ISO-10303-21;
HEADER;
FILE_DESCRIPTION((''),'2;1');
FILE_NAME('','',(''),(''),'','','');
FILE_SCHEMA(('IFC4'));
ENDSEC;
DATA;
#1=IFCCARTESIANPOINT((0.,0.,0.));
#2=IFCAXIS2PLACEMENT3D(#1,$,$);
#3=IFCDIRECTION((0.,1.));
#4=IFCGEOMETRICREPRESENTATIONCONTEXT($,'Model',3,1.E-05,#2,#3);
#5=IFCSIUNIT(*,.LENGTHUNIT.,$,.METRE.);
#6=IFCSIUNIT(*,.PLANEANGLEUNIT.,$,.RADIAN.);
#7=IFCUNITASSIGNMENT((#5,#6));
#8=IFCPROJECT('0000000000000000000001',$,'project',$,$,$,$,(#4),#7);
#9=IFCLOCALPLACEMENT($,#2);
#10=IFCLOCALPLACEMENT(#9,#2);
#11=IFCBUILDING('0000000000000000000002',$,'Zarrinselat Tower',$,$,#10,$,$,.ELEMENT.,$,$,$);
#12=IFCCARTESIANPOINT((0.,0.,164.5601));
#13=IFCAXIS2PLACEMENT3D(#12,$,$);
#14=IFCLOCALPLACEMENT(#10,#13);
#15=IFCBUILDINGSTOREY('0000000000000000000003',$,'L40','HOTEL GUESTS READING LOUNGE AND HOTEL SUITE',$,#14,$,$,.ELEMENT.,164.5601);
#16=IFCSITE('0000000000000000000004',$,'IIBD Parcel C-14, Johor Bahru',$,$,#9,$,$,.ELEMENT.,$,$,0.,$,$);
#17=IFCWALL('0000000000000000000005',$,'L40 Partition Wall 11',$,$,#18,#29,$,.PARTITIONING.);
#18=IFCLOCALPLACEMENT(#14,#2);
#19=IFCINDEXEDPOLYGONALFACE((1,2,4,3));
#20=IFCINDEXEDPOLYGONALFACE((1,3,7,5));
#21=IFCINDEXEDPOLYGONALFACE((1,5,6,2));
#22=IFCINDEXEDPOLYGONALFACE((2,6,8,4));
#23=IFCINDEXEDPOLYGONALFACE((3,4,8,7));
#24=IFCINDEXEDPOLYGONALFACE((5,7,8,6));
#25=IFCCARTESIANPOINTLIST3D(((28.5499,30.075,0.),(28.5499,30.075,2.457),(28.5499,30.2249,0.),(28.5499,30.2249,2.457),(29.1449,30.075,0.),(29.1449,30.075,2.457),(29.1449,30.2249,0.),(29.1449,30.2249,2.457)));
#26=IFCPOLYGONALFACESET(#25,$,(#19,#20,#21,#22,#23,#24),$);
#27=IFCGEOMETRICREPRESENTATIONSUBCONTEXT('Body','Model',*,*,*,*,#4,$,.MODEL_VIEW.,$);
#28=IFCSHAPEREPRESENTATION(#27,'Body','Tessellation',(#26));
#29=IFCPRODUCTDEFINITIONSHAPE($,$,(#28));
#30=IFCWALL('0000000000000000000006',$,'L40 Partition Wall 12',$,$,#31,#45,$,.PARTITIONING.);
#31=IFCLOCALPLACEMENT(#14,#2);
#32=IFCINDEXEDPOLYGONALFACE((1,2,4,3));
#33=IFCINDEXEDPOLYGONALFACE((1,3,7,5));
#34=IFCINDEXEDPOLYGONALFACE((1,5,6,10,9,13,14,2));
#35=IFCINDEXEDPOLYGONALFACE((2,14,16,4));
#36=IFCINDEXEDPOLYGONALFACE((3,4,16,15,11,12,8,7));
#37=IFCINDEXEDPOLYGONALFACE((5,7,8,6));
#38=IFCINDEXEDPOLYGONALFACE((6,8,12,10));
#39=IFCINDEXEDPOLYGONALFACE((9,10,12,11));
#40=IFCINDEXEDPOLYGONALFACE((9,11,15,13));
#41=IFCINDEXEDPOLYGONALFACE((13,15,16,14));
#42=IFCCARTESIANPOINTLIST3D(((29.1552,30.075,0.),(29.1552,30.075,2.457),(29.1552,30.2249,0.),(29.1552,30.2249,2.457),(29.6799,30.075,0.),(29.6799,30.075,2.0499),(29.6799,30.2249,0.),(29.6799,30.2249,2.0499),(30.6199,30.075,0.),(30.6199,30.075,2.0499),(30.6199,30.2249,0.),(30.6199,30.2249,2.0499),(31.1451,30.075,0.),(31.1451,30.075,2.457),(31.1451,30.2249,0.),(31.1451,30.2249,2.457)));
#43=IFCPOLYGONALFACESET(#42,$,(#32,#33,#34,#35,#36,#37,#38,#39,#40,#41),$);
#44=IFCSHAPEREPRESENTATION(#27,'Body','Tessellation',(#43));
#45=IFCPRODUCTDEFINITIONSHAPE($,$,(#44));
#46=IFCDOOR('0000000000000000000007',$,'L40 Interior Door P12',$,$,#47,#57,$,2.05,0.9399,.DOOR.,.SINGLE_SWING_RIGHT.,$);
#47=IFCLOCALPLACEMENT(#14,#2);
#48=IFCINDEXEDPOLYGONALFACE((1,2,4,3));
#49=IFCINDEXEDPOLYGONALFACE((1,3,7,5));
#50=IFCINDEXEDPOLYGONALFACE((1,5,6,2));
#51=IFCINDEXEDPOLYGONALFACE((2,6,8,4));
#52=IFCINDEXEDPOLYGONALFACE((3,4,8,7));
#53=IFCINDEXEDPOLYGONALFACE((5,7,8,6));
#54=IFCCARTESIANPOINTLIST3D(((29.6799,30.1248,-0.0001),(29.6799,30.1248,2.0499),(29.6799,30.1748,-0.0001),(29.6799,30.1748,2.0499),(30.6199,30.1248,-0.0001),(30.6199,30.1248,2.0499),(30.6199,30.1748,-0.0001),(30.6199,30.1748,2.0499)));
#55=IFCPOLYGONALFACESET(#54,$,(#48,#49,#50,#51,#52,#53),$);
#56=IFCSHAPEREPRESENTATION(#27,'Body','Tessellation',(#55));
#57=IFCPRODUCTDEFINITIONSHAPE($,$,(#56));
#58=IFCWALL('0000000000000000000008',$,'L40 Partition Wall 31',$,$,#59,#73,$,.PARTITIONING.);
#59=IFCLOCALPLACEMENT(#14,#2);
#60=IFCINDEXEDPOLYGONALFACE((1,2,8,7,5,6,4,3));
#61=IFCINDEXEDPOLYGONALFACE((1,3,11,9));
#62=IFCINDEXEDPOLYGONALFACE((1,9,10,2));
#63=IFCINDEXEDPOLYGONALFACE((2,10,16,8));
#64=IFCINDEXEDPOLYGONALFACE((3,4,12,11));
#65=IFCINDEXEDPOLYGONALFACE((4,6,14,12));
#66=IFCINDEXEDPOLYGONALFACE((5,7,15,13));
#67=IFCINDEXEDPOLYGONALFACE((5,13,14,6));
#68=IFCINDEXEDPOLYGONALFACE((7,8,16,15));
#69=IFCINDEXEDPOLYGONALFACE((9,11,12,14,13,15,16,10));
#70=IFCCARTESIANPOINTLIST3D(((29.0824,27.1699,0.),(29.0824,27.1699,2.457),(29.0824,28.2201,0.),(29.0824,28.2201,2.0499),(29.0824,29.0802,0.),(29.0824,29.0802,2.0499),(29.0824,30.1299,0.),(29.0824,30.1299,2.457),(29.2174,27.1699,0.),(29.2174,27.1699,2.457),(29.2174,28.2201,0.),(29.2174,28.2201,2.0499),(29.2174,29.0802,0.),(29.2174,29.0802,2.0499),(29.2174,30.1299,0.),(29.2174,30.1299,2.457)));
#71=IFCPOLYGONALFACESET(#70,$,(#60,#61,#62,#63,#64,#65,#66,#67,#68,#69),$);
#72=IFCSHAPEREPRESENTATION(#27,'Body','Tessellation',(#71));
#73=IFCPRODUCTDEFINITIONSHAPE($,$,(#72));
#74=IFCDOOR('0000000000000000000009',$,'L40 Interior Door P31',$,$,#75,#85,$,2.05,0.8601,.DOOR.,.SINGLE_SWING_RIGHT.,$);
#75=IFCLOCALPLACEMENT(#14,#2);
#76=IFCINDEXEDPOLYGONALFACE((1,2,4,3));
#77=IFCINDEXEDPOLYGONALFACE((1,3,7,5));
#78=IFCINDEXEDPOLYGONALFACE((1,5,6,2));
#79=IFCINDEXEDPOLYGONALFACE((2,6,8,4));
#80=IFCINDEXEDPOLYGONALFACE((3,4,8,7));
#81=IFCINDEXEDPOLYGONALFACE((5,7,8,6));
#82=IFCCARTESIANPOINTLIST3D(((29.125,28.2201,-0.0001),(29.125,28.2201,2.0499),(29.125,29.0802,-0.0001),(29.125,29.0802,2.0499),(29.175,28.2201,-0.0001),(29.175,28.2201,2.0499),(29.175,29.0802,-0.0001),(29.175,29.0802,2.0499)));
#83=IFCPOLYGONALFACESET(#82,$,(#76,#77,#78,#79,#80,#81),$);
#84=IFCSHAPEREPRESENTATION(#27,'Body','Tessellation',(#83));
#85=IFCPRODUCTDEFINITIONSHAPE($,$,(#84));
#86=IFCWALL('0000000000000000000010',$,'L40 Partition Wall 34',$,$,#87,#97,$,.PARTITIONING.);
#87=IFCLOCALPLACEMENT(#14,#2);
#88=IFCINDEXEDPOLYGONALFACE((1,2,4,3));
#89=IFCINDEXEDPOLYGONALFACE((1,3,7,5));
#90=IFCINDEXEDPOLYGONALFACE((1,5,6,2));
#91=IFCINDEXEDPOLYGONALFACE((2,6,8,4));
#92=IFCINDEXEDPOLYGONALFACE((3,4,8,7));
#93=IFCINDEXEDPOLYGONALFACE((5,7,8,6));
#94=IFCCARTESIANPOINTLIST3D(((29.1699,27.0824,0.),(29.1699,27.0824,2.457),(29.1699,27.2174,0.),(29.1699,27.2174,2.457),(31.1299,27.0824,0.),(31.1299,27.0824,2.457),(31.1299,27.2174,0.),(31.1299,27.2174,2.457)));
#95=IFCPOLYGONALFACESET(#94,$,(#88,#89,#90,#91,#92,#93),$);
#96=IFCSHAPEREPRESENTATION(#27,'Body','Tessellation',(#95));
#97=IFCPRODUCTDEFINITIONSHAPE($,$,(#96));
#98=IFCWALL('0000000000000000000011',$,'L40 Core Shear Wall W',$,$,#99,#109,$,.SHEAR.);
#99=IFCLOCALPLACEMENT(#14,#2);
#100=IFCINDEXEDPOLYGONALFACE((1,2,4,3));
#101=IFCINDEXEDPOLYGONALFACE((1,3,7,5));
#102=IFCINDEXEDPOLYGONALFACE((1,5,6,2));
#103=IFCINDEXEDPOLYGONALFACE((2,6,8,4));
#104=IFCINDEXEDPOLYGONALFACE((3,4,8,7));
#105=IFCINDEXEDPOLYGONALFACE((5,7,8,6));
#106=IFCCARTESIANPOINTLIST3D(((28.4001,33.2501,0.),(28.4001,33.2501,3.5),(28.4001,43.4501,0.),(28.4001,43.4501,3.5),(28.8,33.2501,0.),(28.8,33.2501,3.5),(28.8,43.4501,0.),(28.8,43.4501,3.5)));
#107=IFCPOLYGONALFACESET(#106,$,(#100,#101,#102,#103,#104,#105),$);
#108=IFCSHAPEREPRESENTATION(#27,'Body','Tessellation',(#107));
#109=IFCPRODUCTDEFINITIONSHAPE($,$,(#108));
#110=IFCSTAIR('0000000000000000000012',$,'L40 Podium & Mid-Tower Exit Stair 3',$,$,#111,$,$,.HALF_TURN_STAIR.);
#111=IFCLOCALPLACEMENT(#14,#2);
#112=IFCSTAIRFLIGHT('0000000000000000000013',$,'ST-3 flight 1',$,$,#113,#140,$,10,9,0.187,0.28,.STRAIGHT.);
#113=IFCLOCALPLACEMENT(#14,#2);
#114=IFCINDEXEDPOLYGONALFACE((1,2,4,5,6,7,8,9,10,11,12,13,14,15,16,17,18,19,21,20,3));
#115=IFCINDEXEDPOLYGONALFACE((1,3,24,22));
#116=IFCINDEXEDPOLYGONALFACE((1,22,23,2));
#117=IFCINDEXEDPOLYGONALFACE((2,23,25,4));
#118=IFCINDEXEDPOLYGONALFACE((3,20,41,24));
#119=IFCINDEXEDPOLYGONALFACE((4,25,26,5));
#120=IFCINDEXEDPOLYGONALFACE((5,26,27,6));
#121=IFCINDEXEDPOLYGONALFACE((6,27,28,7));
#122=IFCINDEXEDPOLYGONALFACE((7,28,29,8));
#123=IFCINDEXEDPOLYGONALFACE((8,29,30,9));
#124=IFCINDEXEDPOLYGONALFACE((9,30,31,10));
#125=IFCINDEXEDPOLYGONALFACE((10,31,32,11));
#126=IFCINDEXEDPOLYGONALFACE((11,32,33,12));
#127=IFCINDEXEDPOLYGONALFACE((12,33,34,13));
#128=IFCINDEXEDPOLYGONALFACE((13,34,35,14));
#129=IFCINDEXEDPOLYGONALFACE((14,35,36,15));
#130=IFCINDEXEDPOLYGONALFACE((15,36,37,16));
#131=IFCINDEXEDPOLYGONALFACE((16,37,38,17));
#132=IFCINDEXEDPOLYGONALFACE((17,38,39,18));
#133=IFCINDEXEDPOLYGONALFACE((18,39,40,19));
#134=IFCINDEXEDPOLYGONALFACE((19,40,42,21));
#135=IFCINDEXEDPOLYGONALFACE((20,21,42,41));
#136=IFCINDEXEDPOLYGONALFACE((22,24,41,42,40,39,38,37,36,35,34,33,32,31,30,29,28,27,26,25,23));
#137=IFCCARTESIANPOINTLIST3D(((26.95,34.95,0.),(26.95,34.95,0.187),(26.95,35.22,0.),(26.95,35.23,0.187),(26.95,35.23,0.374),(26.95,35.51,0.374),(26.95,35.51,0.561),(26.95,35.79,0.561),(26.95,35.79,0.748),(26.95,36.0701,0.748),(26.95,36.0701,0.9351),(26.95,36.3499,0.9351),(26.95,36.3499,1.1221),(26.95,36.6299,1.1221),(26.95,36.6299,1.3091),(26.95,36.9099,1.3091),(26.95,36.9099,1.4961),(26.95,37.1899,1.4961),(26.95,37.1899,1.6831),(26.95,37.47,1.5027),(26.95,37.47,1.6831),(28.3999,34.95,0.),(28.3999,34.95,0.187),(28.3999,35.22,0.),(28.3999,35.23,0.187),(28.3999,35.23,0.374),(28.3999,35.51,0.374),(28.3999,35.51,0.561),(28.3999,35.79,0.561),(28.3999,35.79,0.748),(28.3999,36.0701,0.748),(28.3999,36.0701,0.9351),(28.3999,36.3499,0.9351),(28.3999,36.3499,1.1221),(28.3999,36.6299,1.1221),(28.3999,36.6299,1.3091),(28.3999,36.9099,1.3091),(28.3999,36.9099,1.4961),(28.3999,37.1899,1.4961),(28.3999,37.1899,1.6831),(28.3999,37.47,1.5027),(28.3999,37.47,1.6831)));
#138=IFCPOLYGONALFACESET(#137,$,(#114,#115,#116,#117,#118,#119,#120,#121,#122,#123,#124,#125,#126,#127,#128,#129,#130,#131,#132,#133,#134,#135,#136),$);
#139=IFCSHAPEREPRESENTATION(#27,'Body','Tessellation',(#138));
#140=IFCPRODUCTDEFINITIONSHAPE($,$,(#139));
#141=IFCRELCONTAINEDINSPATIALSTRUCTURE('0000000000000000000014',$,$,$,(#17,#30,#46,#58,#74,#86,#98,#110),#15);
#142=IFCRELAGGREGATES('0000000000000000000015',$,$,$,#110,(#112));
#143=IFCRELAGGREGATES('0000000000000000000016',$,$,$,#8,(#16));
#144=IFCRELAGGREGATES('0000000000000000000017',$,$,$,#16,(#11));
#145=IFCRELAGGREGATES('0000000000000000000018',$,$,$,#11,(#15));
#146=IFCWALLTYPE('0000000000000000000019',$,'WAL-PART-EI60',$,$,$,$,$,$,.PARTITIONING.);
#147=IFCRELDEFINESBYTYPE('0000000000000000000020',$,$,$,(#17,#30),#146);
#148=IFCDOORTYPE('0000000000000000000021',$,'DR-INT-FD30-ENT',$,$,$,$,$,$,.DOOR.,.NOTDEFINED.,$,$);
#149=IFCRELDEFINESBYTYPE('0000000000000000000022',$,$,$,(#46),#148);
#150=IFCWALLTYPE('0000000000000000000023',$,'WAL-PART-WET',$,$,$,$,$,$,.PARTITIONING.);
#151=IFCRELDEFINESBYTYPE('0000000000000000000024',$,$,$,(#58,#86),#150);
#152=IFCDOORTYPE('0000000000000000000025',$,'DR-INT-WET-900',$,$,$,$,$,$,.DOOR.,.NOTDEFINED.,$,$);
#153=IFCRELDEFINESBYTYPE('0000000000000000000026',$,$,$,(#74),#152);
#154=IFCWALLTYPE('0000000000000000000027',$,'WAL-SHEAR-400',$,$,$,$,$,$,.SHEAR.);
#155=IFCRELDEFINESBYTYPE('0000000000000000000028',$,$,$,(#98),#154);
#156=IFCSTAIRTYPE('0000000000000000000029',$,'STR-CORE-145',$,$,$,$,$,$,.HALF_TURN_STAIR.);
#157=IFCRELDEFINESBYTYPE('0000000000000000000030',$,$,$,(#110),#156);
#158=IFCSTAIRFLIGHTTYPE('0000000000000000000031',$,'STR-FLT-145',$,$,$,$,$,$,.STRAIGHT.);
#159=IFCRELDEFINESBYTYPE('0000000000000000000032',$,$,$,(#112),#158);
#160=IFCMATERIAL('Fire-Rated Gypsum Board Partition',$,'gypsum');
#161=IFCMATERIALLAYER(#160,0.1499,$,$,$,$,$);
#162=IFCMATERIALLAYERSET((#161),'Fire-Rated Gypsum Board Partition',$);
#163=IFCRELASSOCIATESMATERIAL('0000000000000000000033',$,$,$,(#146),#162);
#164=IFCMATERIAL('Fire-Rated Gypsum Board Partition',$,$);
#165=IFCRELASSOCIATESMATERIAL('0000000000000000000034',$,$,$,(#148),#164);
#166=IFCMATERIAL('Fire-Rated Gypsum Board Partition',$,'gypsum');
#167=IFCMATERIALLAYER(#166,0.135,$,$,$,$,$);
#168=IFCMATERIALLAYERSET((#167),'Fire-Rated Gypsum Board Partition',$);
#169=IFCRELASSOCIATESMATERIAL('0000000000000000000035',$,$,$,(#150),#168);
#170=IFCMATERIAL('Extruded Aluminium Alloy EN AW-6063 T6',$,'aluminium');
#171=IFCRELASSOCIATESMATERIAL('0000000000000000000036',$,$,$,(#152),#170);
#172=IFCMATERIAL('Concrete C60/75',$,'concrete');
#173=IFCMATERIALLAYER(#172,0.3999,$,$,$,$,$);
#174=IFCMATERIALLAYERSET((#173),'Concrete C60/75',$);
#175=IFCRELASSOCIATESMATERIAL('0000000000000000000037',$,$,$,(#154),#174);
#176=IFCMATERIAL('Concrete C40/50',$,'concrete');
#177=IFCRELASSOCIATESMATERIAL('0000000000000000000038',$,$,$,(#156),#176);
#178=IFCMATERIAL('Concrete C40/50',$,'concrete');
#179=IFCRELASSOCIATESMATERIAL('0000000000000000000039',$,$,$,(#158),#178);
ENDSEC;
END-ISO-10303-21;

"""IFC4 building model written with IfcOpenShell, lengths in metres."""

from ifc_helpers import new_model, si_unit, direction, frame, frame_2d, origin, place, context, subcontext, project, spatial, polyline, rectangle, outline, extrude, material, layer, layer_set, type_object, element, fill, aggregate, save


model = new_model("IFC4")

# Units and contexts
model_context = context("Model", 3, precision=1e-05, world=origin(), true_north=direction((0.0, 1.0)))
body_context = subcontext(model_context, "Body", "Model", "MODEL_VIEW")
ifc_project = project(units=[si_unit("LENGTHUNIT", "METRE"), si_unit("PLANEANGLEUNIT", "RADIAN")], contexts=[model_context])

# Site, building, storey
site_placement = place(None, origin())
site = spatial("IfcSite", under=ifc_project, at=site_placement, Name="IIBD Parcel C-14, Johor Bahru", CompositionType="ELEMENT", RefElevation=0.0)
building_placement = place(site_placement, origin())
building = spatial("IfcBuilding", under=site, at=building_placement, Name="Zarrinselat Tower", CompositionType="ELEMENT")
storey_placement = place(building_placement, frame((0.0, 0.0, 164.5601)))
storey = spatial("IfcBuildingStorey", under=building, at=storey_placement, Name="L40", Description="HOTEL GUESTS READING LOUNGE AND HOTEL SUITE", CompositionType="ELEMENT", Elevation=164.5601)

# Wall
ifc_material_1 = material(Name="Fire-Rated Gypsum Board Partition", Category="gypsum")
ifc_layer_1 = layer(ifc_material_1, 0.1499)
ifc_layer_set_1 = layer_set([ifc_layer_1], Name="Fire-Rated Gypsum Board Partition")
wall_type_1 = type_object("IfcWallType", Name="WAL-PART-EI60", PredefinedType="PARTITIONING", material=ifc_layer_set_1)
wall_1_placement = place(storey_placement, frame((28.55, 30.1499, 0.0), z_axis=(0.0, 0.0, 1.0), x_axis=(1.0, 0.0, 0.0)))
element("IfcWall", 1, at=wall_1_placement, inside=storey, type_object=wall_type_1, Name="L40 Partition Wall 11", PredefinedType="PARTITIONING", context=body_context, shape_type="SweptSolid", body=[
    extrude(rectangle(XDim=0.595, YDim=0.1499, at=frame_2d((0.2974, 0.0))), origin(), (0.0, 0.0, 1.0), 2.457),
])

# Walls, openings, doors
wall_2_placement = place(storey_placement, frame((29.155, 30.1499, 0.0), z_axis=(0.0, 0.0, 1.0), x_axis=(1.0, 0.0, 0.0)))
wall_2 = element("IfcWall", 2, at=wall_2_placement, inside=storey, type_object=wall_type_1, Name="L40 Partition Wall 12", PredefinedType="PARTITIONING", context=body_context, shape_type="SweptSolid", body=[
    extrude(rectangle(XDim=1.99, YDim=0.1499, at=frame_2d((0.9951, 0.0))), origin(), (0.0, 0.0, 1.0), 2.457),
])
opening_1_placement = place(wall_2_placement, frame((0.5249, 0.0, 0.0)))
opening_1 = element("IfcOpeningElement", 3, at=opening_1_placement, cuts=wall_2, PredefinedType="OPENING", context=body_context, shape_type="SweptSolid", body=[
    extrude(rectangle(XDim=0.9399, YDim=2.05, at=frame_2d((0.47, 1.0249))), frame((0.0, 0.085, 0.0), z_axis=(0.0, -1.0, 0.0), x_axis=(1.0, 0.0, 0.0)), (0.0, 0.0, 1.0), 0.1699),
])
ifc_material_2 = material(Name="Fire-Rated Gypsum Board Partition")
door_type_1 = type_object("IfcDoorType", Name="DR-INT-FD30-ENT", OperationType="NOTDEFINED", PredefinedType="DOOR", material=ifc_material_2)
door_1_placement = place(opening_1_placement, origin())
door_1 = element("IfcDoor", 4, at=door_1_placement, inside=storey, type_object=door_type_1, Name="L40 Interior Door P12", OperationType="SINGLE_SWING_RIGHT", OverallHeight=2.05, OverallWidth=0.9399, PredefinedType="DOOR", context=body_context, shape_type="SweptSolid", body=[
    extrude(rectangle(XDim=0.9399, YDim=2.05, at=frame_2d((0.47, 1.0249))), frame((0.0, 0.0249, 0.0), z_axis=(0.0, -1.0, 0.0), x_axis=(1.0, 0.0, 0.0)), (0.0, 0.0, 1.0), 0.05),
])
fill(opening_1, door_1)
ifc_material_3 = material(Name="Fire-Rated Gypsum Board Partition", Category="gypsum")
ifc_layer_2 = layer(ifc_material_3, 0.135)
ifc_layer_set_2 = layer_set([ifc_layer_2], Name="Fire-Rated Gypsum Board Partition")
wall_type_2 = type_object("IfcWallType", Name="WAL-PART-WET", PredefinedType="PARTITIONING", material=ifc_layer_set_2)
wall_3_placement = place(storey_placement, frame((29.1499, 27.1699, 0.0), z_axis=(0.0, 0.0, 1.0), x_axis=(0.0, 1.0, 0.0)))
wall_3 = element("IfcWall", 5, at=wall_3_placement, inside=storey, type_object=wall_type_2, Name="L40 Partition Wall 31", PredefinedType="PARTITIONING", context=body_context, shape_type="SweptSolid", body=[
    extrude(rectangle(XDim=2.96, YDim=0.135, at=frame_2d((1.48, 0.0))), origin(), (0.0, 0.0, 1.0), 2.457),
])
opening_2_placement = place(wall_3_placement, frame((1.05, 0.0, 0.0)))
opening_2 = element("IfcOpeningElement", 6, at=opening_2_placement, cuts=wall_3, PredefinedType="OPENING", context=body_context, shape_type="SweptSolid", body=[
    extrude(rectangle(XDim=0.8601, YDim=2.05, at=frame_2d((0.4302, 1.0249))), frame((0.0, 0.0774, 0.0), z_axis=(0.0, -1.0, 0.0), x_axis=(1.0, 0.0, 0.0)), (0.0, 0.0, 1.0), 0.155),
])
ifc_material_4 = material(Name="Extruded Aluminium Alloy EN AW-6063 T6", Category="aluminium")
door_type_2 = type_object("IfcDoorType", Name="DR-INT-WET-900", OperationType="NOTDEFINED", PredefinedType="DOOR", material=ifc_material_4)
door_2_placement = place(opening_2_placement, origin())
door_2 = element("IfcDoor", 7, at=door_2_placement, inside=storey, type_object=door_type_2, Name="L40 Interior Door P31", OperationType="SINGLE_SWING_RIGHT", OverallHeight=2.05, OverallWidth=0.8601, PredefinedType="DOOR", context=body_context, shape_type="SweptSolid", body=[
    extrude(rectangle(XDim=0.8601, YDim=2.05, at=frame_2d((0.4302, 1.0249))), frame((0.0, 0.0249, 0.0), z_axis=(0.0, -1.0, 0.0), x_axis=(1.0, 0.0, 0.0)), (0.0, 0.0, 1.0), 0.05),
])
fill(opening_2, door_2)

# Wall
wall_4_placement = place(storey_placement, frame((29.1699, 27.1499, 0.0), z_axis=(0.0, 0.0, 1.0), x_axis=(1.0, 0.0, 0.0)))
element("IfcWall", 8, at=wall_4_placement, inside=storey, type_object=wall_type_2, Name="L40 Partition Wall 34", PredefinedType="PARTITIONING", context=body_context, shape_type="SweptSolid", body=[
    extrude(rectangle(XDim=1.96, YDim=0.135, at=frame_2d((0.98, 0.0))), origin(), (0.0, 0.0, 1.0), 2.457),
])

# Shared definitions
ifc_material_5 = material(Name="Concrete C60/75", Category="concrete")
ifc_layer_3 = layer(ifc_material_5, 0.3999)
ifc_layer_set_3 = layer_set([ifc_layer_3], Name="Concrete C60/75")
wall_type_3 = type_object("IfcWallType", Name="WAL-SHEAR-400", PredefinedType="SHEAR", material=ifc_layer_set_3)

# Wall
wall_5_placement = place(storey_placement, frame((28.6001, 33.25, 0.0), z_axis=(0.0, 0.0, 1.0), x_axis=(0.0, 1.0, 0.0)))
element("IfcWall", 9, at=wall_5_placement, inside=storey, type_object=wall_type_3, Name="L40 Core Shear Wall W", PredefinedType="SHEAR", context=body_context, shape_type="SweptSolid", body=[
    extrude(rectangle(XDim=10.2, YDim=0.3999, at=frame_2d((5.1001, 0.0))), origin(), (0.0, 0.0, 1.0), 3.5),
])

# Stair, stair flight
ifc_material_6 = material(Name="Concrete C40/50", Category="concrete")
stair_type = type_object("IfcStairType", Name="STR-CORE-145", PredefinedType="HALF_TURN_STAIR", material=ifc_material_6)
stair_placement = place(storey_placement, origin())
stair = element("IfcStair", 10, at=stair_placement, inside=storey, type_object=stair_type, Name="L40 Podium & Mid-Tower Exit Stair 3", PredefinedType="HALF_TURN_STAIR")
ifc_material_7 = material(Name="Concrete C40/50", Category="concrete")
stair_flight_type = type_object("IfcStairFlightType", Name="STR-FLT-145", PredefinedType="STRAIGHT", material=ifc_material_7)
stair_flight_placement = place(storey_placement, frame((27.675, 34.95, 0.0), z_axis=(0.0, 0.0, 1.0), x_axis=(0.0, 1.0, 0.0)))
stair_flight = element("IfcStairFlight", 11, at=stair_flight_placement, type_object=stair_flight_type, Name="ST-3 flight 1", NumberOfRisers=10, NumberOfTreads=9, PredefinedType="STRAIGHT", RiserHeight=0.187, TreadLength=0.28, context=body_context, shape_type="SweptSolid", body=[
    extrude(outline(polyline([(0.0, 0.0), (0.0, 0.187), (0.28, 0.187), (0.28, 0.374), (0.5601, 0.374), (0.5601, 0.561), (0.8401, 0.561), (0.8401, 0.748), (1.1201, 0.748), (1.1201, 0.9351), (1.3999, 0.9351), (1.3999, 1.1221), (1.6799, 1.1221), (1.6799, 1.3091), (1.96, 1.3091), (1.96, 1.4961), (2.24, 1.4961), (2.24, 1.6831), (2.52, 1.6831), (2.52, 1.8701), (2.52, 1.5027), (0.27, 0.0), (0.0, 0.0)])), frame((0.0, 0.7251, 0.0), z_axis=(0.0, -1.0, 0.0), x_axis=(1.0, 0.0, 0.0)), (0.0, 0.0, 1.0), 1.45),
])
aggregate(stair, [stair_flight])

save(model, "model.ifc")
